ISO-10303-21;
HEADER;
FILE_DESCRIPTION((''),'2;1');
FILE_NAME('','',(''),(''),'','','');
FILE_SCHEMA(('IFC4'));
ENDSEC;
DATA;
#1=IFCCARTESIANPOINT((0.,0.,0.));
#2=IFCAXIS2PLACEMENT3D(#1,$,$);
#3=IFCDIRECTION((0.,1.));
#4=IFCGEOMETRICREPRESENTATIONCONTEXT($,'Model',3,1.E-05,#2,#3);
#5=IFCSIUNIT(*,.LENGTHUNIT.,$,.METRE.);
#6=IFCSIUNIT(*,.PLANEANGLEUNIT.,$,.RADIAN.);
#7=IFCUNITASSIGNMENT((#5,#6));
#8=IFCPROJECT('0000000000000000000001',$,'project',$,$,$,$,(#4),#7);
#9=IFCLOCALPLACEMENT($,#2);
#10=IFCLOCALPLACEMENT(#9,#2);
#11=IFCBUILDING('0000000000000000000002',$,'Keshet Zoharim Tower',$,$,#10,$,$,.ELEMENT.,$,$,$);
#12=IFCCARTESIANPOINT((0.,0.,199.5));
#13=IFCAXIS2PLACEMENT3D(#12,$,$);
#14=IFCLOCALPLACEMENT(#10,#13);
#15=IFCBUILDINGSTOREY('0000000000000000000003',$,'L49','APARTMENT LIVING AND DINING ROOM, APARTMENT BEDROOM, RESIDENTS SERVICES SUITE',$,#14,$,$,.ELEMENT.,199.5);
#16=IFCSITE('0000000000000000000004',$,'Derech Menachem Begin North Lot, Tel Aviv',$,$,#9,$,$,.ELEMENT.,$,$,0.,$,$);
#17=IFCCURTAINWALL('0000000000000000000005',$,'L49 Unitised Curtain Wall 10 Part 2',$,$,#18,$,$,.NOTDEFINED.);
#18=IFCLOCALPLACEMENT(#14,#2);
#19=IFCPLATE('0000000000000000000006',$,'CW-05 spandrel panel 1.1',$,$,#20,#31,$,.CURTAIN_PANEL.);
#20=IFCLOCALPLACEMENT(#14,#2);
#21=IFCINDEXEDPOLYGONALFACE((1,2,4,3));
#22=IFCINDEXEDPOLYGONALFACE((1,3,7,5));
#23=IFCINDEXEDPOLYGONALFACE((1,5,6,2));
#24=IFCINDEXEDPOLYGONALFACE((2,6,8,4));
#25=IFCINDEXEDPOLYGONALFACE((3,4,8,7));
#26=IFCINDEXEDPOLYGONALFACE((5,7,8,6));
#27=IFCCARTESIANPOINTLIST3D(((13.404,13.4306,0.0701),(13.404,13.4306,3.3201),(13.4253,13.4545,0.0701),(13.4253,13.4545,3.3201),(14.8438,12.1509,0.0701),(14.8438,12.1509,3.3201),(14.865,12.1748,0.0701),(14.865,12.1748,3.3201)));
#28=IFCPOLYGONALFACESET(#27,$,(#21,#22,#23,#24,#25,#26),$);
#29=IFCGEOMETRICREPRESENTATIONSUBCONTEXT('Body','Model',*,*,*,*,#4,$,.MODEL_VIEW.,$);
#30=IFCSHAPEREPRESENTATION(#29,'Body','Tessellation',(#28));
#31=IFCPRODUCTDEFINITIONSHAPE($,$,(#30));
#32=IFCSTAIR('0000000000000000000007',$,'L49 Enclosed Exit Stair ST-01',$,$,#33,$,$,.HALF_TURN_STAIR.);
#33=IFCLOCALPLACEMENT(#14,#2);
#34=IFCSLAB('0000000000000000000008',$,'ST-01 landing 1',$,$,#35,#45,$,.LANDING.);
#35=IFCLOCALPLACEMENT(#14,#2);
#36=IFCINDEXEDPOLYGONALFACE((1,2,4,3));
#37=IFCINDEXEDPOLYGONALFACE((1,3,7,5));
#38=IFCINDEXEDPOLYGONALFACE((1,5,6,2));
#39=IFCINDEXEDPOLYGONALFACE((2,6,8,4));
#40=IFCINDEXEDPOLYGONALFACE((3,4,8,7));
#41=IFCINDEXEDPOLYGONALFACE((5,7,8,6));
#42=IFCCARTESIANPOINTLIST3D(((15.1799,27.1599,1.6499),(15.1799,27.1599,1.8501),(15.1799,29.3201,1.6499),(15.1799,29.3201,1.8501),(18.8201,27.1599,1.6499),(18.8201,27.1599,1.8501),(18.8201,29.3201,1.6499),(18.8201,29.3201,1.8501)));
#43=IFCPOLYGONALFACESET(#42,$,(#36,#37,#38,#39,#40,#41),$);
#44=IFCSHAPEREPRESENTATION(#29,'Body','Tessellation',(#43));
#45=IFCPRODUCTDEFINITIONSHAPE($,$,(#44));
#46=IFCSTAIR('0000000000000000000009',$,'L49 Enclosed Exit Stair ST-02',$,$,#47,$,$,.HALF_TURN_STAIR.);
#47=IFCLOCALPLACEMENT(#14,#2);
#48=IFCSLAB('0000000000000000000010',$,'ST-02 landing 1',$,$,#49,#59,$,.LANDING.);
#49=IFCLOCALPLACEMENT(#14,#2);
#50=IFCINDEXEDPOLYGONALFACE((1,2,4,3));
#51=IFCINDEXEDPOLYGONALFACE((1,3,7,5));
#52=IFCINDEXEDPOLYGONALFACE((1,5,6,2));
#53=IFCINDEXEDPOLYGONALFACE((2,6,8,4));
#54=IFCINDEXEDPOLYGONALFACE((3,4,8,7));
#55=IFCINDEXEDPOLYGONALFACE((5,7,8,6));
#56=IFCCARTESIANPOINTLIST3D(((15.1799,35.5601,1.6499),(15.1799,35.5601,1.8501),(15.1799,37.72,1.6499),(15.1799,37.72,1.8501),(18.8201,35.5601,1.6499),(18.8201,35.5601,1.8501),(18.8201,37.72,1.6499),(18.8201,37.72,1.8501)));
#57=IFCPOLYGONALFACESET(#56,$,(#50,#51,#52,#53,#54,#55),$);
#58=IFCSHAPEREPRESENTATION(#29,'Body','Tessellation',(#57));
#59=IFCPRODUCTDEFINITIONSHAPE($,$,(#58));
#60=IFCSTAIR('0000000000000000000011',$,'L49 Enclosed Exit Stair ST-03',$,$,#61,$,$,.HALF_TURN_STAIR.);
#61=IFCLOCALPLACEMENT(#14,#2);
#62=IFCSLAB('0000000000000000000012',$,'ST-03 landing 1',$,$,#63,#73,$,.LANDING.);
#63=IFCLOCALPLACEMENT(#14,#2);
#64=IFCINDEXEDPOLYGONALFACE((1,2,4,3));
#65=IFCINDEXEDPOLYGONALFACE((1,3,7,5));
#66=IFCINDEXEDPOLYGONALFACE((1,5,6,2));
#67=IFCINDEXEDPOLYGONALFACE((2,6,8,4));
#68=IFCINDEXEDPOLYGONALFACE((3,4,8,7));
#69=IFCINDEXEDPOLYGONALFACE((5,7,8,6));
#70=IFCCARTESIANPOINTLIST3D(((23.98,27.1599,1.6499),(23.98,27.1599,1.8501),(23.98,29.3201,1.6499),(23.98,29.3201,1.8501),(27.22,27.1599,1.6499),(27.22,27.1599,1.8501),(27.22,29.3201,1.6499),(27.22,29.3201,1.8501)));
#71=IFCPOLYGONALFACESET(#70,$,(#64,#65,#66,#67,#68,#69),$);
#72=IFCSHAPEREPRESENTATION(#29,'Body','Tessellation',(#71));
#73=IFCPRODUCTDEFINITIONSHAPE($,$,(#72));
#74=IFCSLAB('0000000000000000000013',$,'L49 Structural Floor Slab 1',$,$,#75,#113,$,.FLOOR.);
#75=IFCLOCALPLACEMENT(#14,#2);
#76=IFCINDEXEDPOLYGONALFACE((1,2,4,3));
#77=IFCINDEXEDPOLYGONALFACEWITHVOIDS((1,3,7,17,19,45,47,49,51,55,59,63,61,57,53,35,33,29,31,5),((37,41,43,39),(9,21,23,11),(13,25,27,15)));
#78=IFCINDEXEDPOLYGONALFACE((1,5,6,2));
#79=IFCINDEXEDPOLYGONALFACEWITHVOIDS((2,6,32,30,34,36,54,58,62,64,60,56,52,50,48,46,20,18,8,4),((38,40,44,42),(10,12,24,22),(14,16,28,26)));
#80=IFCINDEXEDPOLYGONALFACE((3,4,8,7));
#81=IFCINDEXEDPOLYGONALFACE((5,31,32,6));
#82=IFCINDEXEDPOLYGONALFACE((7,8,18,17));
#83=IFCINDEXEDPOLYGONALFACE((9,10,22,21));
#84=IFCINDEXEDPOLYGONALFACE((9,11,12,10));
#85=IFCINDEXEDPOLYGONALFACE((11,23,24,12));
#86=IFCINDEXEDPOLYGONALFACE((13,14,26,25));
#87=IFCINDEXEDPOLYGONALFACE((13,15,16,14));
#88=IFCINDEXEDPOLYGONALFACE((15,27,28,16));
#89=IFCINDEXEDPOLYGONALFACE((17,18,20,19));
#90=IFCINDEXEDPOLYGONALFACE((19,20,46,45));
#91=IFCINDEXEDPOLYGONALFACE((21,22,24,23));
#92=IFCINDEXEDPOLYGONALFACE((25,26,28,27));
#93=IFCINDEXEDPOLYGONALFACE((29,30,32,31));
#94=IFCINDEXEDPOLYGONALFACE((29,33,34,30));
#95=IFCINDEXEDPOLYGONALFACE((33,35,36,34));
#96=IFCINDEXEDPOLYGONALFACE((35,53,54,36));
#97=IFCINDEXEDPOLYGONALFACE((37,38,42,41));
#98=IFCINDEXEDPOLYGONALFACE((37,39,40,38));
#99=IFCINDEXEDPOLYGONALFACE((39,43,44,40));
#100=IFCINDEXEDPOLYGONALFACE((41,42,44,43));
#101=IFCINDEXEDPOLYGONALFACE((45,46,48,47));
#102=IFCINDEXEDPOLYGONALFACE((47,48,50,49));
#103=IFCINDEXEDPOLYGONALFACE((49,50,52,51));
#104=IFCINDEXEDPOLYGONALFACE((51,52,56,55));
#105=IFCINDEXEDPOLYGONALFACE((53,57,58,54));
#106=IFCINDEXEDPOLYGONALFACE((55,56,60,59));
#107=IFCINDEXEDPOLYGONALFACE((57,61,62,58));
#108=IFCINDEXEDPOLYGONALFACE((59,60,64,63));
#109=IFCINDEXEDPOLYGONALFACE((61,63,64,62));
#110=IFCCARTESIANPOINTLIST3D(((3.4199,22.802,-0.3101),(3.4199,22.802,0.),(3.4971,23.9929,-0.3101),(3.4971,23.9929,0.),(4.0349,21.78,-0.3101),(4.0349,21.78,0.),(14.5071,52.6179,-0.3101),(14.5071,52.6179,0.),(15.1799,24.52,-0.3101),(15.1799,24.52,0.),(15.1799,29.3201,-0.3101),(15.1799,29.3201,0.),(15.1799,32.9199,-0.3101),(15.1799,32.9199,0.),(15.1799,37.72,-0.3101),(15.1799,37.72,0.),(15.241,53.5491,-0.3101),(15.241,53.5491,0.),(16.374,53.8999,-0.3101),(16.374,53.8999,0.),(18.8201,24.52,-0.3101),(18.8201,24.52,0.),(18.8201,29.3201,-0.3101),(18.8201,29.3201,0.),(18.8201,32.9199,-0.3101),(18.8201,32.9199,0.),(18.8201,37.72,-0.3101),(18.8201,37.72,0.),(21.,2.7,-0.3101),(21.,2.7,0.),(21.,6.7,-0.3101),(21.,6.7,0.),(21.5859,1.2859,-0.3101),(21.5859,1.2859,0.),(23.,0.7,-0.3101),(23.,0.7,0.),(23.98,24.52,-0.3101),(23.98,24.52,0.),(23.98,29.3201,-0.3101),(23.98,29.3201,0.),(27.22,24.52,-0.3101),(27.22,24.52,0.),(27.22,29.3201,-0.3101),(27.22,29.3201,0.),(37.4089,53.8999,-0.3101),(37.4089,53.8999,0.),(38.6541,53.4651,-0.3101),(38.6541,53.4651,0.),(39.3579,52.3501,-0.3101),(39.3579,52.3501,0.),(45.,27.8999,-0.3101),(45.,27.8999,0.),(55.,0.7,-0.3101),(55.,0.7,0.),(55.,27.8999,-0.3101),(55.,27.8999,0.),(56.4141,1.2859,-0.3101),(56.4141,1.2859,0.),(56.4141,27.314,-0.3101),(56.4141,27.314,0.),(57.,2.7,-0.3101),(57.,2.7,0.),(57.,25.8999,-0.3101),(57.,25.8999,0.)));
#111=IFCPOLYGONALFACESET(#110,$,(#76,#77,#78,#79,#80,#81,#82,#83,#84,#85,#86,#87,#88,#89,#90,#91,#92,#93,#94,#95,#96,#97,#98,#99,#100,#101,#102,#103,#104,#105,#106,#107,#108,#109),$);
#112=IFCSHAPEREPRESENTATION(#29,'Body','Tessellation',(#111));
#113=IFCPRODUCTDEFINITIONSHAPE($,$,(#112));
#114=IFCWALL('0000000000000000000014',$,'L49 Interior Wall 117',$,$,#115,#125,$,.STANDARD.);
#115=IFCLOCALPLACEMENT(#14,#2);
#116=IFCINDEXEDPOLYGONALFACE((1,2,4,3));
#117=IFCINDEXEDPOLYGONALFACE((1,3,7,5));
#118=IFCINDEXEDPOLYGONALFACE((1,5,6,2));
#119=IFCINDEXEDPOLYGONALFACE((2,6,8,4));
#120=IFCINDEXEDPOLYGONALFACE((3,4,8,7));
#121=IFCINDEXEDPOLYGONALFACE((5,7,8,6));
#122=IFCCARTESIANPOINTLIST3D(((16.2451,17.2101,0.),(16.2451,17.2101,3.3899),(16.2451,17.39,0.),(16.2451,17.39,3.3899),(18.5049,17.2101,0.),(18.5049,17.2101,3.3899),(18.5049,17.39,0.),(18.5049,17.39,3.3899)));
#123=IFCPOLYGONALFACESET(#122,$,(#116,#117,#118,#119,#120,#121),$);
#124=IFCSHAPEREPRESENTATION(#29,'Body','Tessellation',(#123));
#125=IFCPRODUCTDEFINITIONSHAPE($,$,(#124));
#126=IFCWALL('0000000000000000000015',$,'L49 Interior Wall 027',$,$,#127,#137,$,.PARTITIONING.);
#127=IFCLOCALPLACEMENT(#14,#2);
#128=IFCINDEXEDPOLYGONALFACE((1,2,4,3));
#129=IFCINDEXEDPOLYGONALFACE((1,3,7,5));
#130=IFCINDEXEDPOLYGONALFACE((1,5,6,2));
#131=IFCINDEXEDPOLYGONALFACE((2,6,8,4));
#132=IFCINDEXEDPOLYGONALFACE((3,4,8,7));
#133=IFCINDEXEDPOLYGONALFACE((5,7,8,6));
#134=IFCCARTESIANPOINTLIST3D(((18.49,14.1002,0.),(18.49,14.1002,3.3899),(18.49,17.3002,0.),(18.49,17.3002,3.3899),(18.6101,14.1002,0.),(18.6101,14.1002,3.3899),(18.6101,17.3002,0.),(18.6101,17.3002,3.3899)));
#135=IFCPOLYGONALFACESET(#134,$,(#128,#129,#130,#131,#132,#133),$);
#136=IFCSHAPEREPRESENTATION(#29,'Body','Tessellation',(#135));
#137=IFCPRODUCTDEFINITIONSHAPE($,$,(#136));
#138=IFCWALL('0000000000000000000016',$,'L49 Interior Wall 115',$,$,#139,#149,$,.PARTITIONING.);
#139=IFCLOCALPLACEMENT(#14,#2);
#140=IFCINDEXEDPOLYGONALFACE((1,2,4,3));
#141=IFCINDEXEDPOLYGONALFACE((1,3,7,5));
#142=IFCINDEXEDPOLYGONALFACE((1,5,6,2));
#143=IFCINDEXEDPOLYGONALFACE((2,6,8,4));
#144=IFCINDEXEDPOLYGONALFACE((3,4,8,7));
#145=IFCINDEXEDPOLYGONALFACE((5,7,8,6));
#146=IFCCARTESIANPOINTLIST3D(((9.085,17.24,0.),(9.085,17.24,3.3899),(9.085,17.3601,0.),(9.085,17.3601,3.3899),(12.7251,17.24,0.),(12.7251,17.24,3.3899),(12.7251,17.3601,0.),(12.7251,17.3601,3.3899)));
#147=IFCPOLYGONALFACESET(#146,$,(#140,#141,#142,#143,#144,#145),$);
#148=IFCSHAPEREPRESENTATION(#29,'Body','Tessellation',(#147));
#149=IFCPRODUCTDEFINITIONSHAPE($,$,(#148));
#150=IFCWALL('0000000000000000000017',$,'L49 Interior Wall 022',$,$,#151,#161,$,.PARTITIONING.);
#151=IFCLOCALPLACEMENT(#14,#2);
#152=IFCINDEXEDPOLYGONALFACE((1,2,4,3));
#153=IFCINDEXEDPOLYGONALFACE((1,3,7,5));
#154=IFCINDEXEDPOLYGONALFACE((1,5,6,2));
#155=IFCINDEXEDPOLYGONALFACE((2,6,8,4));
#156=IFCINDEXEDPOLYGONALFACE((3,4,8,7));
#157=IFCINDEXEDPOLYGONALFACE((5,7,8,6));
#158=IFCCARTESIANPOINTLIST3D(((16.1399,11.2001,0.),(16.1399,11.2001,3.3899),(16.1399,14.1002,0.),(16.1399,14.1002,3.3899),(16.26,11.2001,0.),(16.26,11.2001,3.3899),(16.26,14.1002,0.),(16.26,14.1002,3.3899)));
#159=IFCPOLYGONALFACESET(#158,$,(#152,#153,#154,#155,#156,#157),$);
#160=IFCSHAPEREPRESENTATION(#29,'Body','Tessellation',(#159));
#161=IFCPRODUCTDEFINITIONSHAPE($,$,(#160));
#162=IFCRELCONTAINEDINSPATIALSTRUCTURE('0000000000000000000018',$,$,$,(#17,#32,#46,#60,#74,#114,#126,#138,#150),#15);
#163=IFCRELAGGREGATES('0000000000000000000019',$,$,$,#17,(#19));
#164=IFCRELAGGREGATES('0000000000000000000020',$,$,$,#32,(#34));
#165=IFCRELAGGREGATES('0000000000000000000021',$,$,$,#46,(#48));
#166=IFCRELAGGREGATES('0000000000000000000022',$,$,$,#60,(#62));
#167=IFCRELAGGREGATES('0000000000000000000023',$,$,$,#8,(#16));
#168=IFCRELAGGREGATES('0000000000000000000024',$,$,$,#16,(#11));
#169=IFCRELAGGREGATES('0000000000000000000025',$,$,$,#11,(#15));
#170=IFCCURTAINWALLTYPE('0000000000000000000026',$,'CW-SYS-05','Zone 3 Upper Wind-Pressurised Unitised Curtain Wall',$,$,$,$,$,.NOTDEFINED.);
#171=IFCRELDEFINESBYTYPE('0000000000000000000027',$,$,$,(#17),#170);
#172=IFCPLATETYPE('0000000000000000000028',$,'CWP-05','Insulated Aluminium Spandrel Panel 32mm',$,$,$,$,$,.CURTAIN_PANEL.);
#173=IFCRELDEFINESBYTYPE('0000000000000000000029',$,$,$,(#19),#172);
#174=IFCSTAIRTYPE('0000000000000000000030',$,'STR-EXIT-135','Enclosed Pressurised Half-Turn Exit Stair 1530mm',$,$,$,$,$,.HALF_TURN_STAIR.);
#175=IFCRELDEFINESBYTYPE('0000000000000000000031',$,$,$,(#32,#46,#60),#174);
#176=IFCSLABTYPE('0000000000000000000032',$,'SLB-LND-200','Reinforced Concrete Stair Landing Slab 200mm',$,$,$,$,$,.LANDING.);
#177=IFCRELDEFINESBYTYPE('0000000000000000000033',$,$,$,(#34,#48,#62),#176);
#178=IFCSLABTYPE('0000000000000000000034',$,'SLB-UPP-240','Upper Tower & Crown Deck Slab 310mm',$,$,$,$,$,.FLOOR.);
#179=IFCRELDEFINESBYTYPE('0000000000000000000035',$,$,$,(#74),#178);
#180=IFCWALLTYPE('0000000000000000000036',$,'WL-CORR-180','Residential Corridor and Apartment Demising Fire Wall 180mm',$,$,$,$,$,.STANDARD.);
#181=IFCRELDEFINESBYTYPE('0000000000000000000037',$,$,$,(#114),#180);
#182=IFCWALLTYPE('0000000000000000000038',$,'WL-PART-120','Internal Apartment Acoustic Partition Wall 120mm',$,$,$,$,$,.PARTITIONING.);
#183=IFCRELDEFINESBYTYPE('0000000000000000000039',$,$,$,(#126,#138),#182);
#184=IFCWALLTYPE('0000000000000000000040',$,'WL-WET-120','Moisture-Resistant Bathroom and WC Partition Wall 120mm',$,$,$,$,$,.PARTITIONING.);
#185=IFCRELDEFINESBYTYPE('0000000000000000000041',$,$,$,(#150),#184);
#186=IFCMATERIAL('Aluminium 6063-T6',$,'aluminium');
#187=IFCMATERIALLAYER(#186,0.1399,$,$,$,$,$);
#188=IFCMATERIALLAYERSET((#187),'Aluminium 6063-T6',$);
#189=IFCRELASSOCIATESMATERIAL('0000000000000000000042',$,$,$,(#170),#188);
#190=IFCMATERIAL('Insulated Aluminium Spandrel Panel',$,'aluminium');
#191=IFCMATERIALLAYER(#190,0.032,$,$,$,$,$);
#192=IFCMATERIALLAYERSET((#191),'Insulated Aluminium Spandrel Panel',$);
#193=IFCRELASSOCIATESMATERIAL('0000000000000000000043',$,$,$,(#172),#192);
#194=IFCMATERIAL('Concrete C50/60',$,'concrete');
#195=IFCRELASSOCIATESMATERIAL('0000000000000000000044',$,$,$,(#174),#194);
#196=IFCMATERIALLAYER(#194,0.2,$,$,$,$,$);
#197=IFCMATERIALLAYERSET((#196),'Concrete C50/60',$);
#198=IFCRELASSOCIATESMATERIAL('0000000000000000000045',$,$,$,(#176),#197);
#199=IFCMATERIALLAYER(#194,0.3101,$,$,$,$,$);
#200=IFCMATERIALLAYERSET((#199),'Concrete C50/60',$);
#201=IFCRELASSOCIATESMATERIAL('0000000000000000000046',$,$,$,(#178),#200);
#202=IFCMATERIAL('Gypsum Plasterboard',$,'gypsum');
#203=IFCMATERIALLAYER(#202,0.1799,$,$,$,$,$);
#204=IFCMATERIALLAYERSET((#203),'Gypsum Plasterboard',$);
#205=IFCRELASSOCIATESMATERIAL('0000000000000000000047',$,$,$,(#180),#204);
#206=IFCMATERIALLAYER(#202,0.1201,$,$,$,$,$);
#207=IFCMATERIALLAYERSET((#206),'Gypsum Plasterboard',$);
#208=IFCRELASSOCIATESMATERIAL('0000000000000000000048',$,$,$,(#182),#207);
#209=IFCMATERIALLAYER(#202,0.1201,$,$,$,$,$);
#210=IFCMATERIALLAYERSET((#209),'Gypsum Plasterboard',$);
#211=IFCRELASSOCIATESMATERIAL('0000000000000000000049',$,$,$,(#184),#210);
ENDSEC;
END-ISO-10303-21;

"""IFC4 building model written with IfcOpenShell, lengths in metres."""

from ifc_helpers import new_model, si_unit, direction, frame, frame_2d, origin, origin_2d, place, context, subcontext, project, spatial, polyline, rectangle, outline, extrude, material, layer, layer_set, type_object, element, aggregate, save


model = new_model("IFC4")

# Units and contexts
model_context = context("Model", 3, precision=1e-05, world=origin(), true_north=direction((0.0, 1.0)))
body_context = subcontext(model_context, "Body", "Model", "MODEL_VIEW")
ifc_project = project(units=[si_unit("LENGTHUNIT", "METRE"), si_unit("PLANEANGLEUNIT", "RADIAN")], contexts=[model_context])

# Site, building, storey
site_placement = place(None, origin())
site = spatial("IfcSite", under=ifc_project, at=site_placement, Name="Derech Menachem Begin North Lot, Tel Aviv", CompositionType="ELEMENT", RefElevation=0.0)
building_placement = place(site_placement, origin())
building = spatial("IfcBuilding", under=site, at=building_placement, Name="Keshet Zoharim Tower", CompositionType="ELEMENT")
storey_placement = place(building_placement, frame((0.0, 0.0, 199.5)))
storey = spatial("IfcBuildingStorey", under=building, at=storey_placement, Name="L49", Description="APARTMENT LIVING AND DINING ROOM, APARTMENT BEDROOM, RESIDENTS SERVICES SUITE", CompositionType="ELEMENT", Elevation=199.5)

# Shared definitions
ifc_material_1 = material(Name="Aluminium 6063-T6", Category="aluminium")
ifc_layer_1 = layer(ifc_material_1, 0.1399)
ifc_layer_set_1 = layer_set([ifc_layer_1], Name="Aluminium 6063-T6")
curtain_wall_type = type_object("IfcCurtainWallType", Name="CW-SYS-05", Description="Zone 3 Upper Wind-Pressurised Unitised Curtain Wall", PredefinedType="NOTDEFINED", material=ifc_layer_set_1)

# Curtain wall
curtain_wall_1_placement = place(storey_placement, origin())
curtain_wall_1 = element("IfcCurtainWall", 1, at=curtain_wall_1_placement, inside=storey, type_object=curtain_wall_type, Name="L49 Unitised Curtain Wall 10 Part 2", PredefinedType="NOTDEFINED")

# Plate
ifc_material_2 = material(Name="Insulated Aluminium Spandrel Panel", Category="aluminium")
ifc_layer_2 = layer(ifc_material_2, 0.032)
ifc_layer_set_2 = layer_set([ifc_layer_2], Name="Insulated Aluminium Spandrel Panel")
plate_type_1 = type_object("IfcPlateType", Name="CWP-05", Description="Insulated Aluminium Spandrel Panel 32mm", PredefinedType="CURTAIN_PANEL", material=ifc_layer_set_2)
plate_1_placement = place(storey_placement, frame((14.1345, 12.8027, 0.0701), z_axis=(0.0, 0.0, 1.0), x_axis=(-0.74744, 0.66433, 0.0)))
plate_1 = element("IfcPlate", 2, at=plate_1_placement, type_object=plate_type_1, Name="CW-05 spandrel panel 1.1", PredefinedType="CURTAIN_PANEL", context=body_context, shape_type="SweptSolid", body=[
    extrude(rectangle(XDim=1.9263, YDim=0.032, at=origin_2d()), origin(), (0.0, 0.0, 1.0), 3.25),
])
aggregate(curtain_wall_1, [plate_1])

# Stairs, slabs
ifc_material_3 = material(Name="Concrete C50/60", Category="concrete")
stair_type = type_object("IfcStairType", Name="STR-EXIT-135", Description="Enclosed Pressurised Half-Turn Exit Stair 1530mm", PredefinedType="HALF_TURN_STAIR", material=ifc_material_3)
stair_1_placement = place(storey_placement, origin())
stair_1 = element("IfcStair", 3, at=stair_1_placement, inside=storey, type_object=stair_type, Name="L49 Enclosed Exit Stair ST-01", PredefinedType="HALF_TURN_STAIR")
ifc_layer_3 = layer(ifc_material_3, 0.2)
ifc_layer_set_3 = layer_set([ifc_layer_3], Name="Concrete C50/60")
slab_type_1 = type_object("IfcSlabType", Name="SLB-LND-200", Description="Reinforced Concrete Stair Landing Slab 200mm", PredefinedType="LANDING", material=ifc_layer_set_3)
slab_1_placement = place(storey_placement, frame((0.0, 0.0, 1.6499)))
slab_1 = element("IfcSlab", 4, at=slab_1_placement, type_object=slab_type_1, Name="ST-01 landing 1", PredefinedType="LANDING", context=body_context, shape_type="SweptSolid", body=[
    extrude(outline(polyline([(15.1799, 27.1599), (18.8201, 27.1599), (18.8201, 29.3201), (15.1799, 29.3201), (15.1799, 27.1599)])), origin(), (0.0, 0.0, 1.0), 0.2002),
])
aggregate(stair_1, [slab_1])
stair_2_placement = place(storey_placement, origin())
stair_2 = element("IfcStair", 5, at=stair_2_placement, inside=storey, type_object=stair_type, Name="L49 Enclosed Exit Stair ST-02", PredefinedType="HALF_TURN_STAIR")
slab_2_placement = place(storey_placement, frame((0.0, 0.0, 1.6499)))
slab_2 = element("IfcSlab", 6, at=slab_2_placement, type_object=slab_type_1, Name="ST-02 landing 1", PredefinedType="LANDING", context=body_context, shape_type="SweptSolid", body=[
    extrude(outline(polyline([(15.1799, 35.5601), (18.8201, 35.5601), (18.8201, 37.72), (15.1799, 37.72), (15.1799, 35.5601)])), origin(), (0.0, 0.0, 1.0), 0.2002),
])
aggregate(stair_2, [slab_2])
stair_3_placement = place(storey_placement, origin())
stair_3 = element("IfcStair", 7, at=stair_3_placement, inside=storey, type_object=stair_type, Name="L49 Enclosed Exit Stair ST-03", PredefinedType="HALF_TURN_STAIR")
slab_3_placement = place(storey_placement, frame((0.0, 0.0, 1.6499)))
slab_3 = element("IfcSlab", 8, at=slab_3_placement, type_object=slab_type_1, Name="ST-03 landing 1", PredefinedType="LANDING", context=body_context, shape_type="SweptSolid", body=[
    extrude(outline(polyline([(23.98, 27.1599), (27.22, 27.1599), (27.22, 29.3201), (23.98, 29.3201), (23.98, 27.1599)])), origin(), (0.0, 0.0, 1.0), 0.2002),
])
aggregate(stair_3, [slab_3])

# Slab
ifc_layer_4 = layer(ifc_material_3, 0.3101)
ifc_layer_set_4 = layer_set([ifc_layer_4], Name="Concrete C50/60")
slab_type_2 = type_object("IfcSlabType", Name="SLB-UPP-240", Description="Upper Tower & Crown Deck Slab 310mm", PredefinedType="FLOOR", material=ifc_layer_set_4)
slab_4_placement = place(storey_placement, frame((0.0, 0.0, -0.3101)))
element("IfcSlab", 9, at=slab_4_placement, inside=storey, type_object=slab_type_2, Name="L49 Structural Floor Slab 1", PredefinedType="FLOOR", context=body_context, shape_type="SweptSolid", body=[
    extrude(outline(polyline([(55.0, 27.8999), (56.4141, 27.314), (57.0, 25.8999), (57.0, 2.7), (56.4141, 1.2859), (55.0, 0.7), (23.0, 0.7), (21.5859, 1.2859), (21.0, 2.7), (21.0, 6.7), (4.0349, 21.78), (3.4199, 22.802), (3.4971, 23.9929), (14.5071, 52.6179), (15.241, 53.5491), (16.374, 53.8999), (37.4089, 53.8999), (38.6541, 53.4651), (39.3579, 52.3501), (45.0, 27.8999), (55.0, 27.8999)]), holes=[polyline([(15.1799, 24.52), (18.8201, 24.52), (18.8201, 29.3201), (15.1799, 29.3201), (15.1799, 24.52)]), polyline([(15.1799, 32.9199), (18.8201, 32.9199), (18.8201, 37.72), (15.1799, 37.72), (15.1799, 32.9199)]), polyline([(23.98, 24.52), (27.22, 24.52), (27.22, 29.3201), (23.98, 29.3201), (23.98, 24.52)])]), origin(), (0.0, 0.0, 1.0), 0.3101),
])

# Shared definitions
ifc_material_4 = material(Name="Gypsum Plasterboard", Category="gypsum")
ifc_layer_5 = layer(ifc_material_4, 0.1799)
ifc_layer_set_5 = layer_set([ifc_layer_5], Name="Gypsum Plasterboard")
wall_type_1 = type_object("IfcWallType", Name="WL-CORR-180", Description="Residential Corridor and Apartment Demising Fire Wall 180mm", PredefinedType="STANDARD", material=ifc_layer_set_5)

# Wall
wall_1_placement = place(storey_placement, frame((16.2451, 17.3, 0.0), z_axis=(0.0, 0.0, 1.0), x_axis=(1.0, 0.0, 0.0)))
element("IfcWall", 10, at=wall_1_placement, inside=storey, type_object=wall_type_1, Name="L49 Interior Wall 117", PredefinedType="STANDARD", context=body_context, shape_type="SweptSolid", body=[
    extrude(rectangle(XDim=2.2598, YDim=0.1799, at=frame_2d((1.1299, 0.0))), origin(), (0.0, 0.0, 1.0), 3.3899),
])

# Shared definitions
ifc_layer_6 = layer(ifc_material_4, 0.1201)
ifc_layer_set_6 = layer_set([ifc_layer_6], Name="Gypsum Plasterboard")
wall_type_2 = type_object("IfcWallType", Name="WL-PART-120", Description="Internal Apartment Acoustic Partition Wall 120mm", PredefinedType="PARTITIONING", material=ifc_layer_set_6)

# Walls
wall_2_placement = place(storey_placement, frame((18.55, 14.1001, 0.0), z_axis=(0.0, 0.0, 1.0), x_axis=(0.0, 1.0, 0.0)))
element("IfcWall", 11, at=wall_2_placement, inside=storey, type_object=wall_type_2, Name="L49 Interior Wall 027", PredefinedType="PARTITIONING", context=body_context, shape_type="SweptSolid", body=[
    extrude(rectangle(XDim=3.2, YDim=0.1201, at=frame_2d((1.6001, 0.0))), origin(), (0.0, 0.0, 1.0), 3.3899),
])
wall_3_placement = place(storey_placement, frame((9.085, 17.3, 0.0), z_axis=(0.0, 0.0, 1.0), x_axis=(1.0, 0.0, 0.0)))
element("IfcWall", 12, at=wall_3_placement, inside=storey, type_object=wall_type_2, Name="L49 Interior Wall 115", PredefinedType="PARTITIONING", context=body_context, shape_type="SweptSolid", body=[
    extrude(rectangle(XDim=3.6401, YDim=0.1201, at=frame_2d((1.8201, 0.0))), origin(), (0.0, 0.0, 1.0), 3.3899),
])
ifc_layer_7 = layer(ifc_material_4, 0.1201)
ifc_layer_set_7 = layer_set([ifc_layer_7], Name="Gypsum Plasterboard")
wall_type_3 = type_object("IfcWallType", Name="WL-WET-120", Description="Moisture-Resistant Bathroom and WC Partition Wall 120mm", PredefinedType="PARTITIONING", material=ifc_layer_set_7)
wall_4_placement = place(storey_placement, frame((16.2, 11.2, 0.0), z_axis=(0.0, 0.0, 1.0), x_axis=(0.0, 1.0, 0.0)))
element("IfcWall", 13, at=wall_4_placement, inside=storey, type_object=wall_type_3, Name="L49 Interior Wall 022", PredefinedType="PARTITIONING", context=body_context, shape_type="SweptSolid", body=[
    extrude(rectangle(XDim=2.9001, YDim=0.1201, at=frame_2d((1.4502, 0.0))), origin(), (0.0, 0.0, 1.0), 3.3899),
])

save(model, "model.ifc")
